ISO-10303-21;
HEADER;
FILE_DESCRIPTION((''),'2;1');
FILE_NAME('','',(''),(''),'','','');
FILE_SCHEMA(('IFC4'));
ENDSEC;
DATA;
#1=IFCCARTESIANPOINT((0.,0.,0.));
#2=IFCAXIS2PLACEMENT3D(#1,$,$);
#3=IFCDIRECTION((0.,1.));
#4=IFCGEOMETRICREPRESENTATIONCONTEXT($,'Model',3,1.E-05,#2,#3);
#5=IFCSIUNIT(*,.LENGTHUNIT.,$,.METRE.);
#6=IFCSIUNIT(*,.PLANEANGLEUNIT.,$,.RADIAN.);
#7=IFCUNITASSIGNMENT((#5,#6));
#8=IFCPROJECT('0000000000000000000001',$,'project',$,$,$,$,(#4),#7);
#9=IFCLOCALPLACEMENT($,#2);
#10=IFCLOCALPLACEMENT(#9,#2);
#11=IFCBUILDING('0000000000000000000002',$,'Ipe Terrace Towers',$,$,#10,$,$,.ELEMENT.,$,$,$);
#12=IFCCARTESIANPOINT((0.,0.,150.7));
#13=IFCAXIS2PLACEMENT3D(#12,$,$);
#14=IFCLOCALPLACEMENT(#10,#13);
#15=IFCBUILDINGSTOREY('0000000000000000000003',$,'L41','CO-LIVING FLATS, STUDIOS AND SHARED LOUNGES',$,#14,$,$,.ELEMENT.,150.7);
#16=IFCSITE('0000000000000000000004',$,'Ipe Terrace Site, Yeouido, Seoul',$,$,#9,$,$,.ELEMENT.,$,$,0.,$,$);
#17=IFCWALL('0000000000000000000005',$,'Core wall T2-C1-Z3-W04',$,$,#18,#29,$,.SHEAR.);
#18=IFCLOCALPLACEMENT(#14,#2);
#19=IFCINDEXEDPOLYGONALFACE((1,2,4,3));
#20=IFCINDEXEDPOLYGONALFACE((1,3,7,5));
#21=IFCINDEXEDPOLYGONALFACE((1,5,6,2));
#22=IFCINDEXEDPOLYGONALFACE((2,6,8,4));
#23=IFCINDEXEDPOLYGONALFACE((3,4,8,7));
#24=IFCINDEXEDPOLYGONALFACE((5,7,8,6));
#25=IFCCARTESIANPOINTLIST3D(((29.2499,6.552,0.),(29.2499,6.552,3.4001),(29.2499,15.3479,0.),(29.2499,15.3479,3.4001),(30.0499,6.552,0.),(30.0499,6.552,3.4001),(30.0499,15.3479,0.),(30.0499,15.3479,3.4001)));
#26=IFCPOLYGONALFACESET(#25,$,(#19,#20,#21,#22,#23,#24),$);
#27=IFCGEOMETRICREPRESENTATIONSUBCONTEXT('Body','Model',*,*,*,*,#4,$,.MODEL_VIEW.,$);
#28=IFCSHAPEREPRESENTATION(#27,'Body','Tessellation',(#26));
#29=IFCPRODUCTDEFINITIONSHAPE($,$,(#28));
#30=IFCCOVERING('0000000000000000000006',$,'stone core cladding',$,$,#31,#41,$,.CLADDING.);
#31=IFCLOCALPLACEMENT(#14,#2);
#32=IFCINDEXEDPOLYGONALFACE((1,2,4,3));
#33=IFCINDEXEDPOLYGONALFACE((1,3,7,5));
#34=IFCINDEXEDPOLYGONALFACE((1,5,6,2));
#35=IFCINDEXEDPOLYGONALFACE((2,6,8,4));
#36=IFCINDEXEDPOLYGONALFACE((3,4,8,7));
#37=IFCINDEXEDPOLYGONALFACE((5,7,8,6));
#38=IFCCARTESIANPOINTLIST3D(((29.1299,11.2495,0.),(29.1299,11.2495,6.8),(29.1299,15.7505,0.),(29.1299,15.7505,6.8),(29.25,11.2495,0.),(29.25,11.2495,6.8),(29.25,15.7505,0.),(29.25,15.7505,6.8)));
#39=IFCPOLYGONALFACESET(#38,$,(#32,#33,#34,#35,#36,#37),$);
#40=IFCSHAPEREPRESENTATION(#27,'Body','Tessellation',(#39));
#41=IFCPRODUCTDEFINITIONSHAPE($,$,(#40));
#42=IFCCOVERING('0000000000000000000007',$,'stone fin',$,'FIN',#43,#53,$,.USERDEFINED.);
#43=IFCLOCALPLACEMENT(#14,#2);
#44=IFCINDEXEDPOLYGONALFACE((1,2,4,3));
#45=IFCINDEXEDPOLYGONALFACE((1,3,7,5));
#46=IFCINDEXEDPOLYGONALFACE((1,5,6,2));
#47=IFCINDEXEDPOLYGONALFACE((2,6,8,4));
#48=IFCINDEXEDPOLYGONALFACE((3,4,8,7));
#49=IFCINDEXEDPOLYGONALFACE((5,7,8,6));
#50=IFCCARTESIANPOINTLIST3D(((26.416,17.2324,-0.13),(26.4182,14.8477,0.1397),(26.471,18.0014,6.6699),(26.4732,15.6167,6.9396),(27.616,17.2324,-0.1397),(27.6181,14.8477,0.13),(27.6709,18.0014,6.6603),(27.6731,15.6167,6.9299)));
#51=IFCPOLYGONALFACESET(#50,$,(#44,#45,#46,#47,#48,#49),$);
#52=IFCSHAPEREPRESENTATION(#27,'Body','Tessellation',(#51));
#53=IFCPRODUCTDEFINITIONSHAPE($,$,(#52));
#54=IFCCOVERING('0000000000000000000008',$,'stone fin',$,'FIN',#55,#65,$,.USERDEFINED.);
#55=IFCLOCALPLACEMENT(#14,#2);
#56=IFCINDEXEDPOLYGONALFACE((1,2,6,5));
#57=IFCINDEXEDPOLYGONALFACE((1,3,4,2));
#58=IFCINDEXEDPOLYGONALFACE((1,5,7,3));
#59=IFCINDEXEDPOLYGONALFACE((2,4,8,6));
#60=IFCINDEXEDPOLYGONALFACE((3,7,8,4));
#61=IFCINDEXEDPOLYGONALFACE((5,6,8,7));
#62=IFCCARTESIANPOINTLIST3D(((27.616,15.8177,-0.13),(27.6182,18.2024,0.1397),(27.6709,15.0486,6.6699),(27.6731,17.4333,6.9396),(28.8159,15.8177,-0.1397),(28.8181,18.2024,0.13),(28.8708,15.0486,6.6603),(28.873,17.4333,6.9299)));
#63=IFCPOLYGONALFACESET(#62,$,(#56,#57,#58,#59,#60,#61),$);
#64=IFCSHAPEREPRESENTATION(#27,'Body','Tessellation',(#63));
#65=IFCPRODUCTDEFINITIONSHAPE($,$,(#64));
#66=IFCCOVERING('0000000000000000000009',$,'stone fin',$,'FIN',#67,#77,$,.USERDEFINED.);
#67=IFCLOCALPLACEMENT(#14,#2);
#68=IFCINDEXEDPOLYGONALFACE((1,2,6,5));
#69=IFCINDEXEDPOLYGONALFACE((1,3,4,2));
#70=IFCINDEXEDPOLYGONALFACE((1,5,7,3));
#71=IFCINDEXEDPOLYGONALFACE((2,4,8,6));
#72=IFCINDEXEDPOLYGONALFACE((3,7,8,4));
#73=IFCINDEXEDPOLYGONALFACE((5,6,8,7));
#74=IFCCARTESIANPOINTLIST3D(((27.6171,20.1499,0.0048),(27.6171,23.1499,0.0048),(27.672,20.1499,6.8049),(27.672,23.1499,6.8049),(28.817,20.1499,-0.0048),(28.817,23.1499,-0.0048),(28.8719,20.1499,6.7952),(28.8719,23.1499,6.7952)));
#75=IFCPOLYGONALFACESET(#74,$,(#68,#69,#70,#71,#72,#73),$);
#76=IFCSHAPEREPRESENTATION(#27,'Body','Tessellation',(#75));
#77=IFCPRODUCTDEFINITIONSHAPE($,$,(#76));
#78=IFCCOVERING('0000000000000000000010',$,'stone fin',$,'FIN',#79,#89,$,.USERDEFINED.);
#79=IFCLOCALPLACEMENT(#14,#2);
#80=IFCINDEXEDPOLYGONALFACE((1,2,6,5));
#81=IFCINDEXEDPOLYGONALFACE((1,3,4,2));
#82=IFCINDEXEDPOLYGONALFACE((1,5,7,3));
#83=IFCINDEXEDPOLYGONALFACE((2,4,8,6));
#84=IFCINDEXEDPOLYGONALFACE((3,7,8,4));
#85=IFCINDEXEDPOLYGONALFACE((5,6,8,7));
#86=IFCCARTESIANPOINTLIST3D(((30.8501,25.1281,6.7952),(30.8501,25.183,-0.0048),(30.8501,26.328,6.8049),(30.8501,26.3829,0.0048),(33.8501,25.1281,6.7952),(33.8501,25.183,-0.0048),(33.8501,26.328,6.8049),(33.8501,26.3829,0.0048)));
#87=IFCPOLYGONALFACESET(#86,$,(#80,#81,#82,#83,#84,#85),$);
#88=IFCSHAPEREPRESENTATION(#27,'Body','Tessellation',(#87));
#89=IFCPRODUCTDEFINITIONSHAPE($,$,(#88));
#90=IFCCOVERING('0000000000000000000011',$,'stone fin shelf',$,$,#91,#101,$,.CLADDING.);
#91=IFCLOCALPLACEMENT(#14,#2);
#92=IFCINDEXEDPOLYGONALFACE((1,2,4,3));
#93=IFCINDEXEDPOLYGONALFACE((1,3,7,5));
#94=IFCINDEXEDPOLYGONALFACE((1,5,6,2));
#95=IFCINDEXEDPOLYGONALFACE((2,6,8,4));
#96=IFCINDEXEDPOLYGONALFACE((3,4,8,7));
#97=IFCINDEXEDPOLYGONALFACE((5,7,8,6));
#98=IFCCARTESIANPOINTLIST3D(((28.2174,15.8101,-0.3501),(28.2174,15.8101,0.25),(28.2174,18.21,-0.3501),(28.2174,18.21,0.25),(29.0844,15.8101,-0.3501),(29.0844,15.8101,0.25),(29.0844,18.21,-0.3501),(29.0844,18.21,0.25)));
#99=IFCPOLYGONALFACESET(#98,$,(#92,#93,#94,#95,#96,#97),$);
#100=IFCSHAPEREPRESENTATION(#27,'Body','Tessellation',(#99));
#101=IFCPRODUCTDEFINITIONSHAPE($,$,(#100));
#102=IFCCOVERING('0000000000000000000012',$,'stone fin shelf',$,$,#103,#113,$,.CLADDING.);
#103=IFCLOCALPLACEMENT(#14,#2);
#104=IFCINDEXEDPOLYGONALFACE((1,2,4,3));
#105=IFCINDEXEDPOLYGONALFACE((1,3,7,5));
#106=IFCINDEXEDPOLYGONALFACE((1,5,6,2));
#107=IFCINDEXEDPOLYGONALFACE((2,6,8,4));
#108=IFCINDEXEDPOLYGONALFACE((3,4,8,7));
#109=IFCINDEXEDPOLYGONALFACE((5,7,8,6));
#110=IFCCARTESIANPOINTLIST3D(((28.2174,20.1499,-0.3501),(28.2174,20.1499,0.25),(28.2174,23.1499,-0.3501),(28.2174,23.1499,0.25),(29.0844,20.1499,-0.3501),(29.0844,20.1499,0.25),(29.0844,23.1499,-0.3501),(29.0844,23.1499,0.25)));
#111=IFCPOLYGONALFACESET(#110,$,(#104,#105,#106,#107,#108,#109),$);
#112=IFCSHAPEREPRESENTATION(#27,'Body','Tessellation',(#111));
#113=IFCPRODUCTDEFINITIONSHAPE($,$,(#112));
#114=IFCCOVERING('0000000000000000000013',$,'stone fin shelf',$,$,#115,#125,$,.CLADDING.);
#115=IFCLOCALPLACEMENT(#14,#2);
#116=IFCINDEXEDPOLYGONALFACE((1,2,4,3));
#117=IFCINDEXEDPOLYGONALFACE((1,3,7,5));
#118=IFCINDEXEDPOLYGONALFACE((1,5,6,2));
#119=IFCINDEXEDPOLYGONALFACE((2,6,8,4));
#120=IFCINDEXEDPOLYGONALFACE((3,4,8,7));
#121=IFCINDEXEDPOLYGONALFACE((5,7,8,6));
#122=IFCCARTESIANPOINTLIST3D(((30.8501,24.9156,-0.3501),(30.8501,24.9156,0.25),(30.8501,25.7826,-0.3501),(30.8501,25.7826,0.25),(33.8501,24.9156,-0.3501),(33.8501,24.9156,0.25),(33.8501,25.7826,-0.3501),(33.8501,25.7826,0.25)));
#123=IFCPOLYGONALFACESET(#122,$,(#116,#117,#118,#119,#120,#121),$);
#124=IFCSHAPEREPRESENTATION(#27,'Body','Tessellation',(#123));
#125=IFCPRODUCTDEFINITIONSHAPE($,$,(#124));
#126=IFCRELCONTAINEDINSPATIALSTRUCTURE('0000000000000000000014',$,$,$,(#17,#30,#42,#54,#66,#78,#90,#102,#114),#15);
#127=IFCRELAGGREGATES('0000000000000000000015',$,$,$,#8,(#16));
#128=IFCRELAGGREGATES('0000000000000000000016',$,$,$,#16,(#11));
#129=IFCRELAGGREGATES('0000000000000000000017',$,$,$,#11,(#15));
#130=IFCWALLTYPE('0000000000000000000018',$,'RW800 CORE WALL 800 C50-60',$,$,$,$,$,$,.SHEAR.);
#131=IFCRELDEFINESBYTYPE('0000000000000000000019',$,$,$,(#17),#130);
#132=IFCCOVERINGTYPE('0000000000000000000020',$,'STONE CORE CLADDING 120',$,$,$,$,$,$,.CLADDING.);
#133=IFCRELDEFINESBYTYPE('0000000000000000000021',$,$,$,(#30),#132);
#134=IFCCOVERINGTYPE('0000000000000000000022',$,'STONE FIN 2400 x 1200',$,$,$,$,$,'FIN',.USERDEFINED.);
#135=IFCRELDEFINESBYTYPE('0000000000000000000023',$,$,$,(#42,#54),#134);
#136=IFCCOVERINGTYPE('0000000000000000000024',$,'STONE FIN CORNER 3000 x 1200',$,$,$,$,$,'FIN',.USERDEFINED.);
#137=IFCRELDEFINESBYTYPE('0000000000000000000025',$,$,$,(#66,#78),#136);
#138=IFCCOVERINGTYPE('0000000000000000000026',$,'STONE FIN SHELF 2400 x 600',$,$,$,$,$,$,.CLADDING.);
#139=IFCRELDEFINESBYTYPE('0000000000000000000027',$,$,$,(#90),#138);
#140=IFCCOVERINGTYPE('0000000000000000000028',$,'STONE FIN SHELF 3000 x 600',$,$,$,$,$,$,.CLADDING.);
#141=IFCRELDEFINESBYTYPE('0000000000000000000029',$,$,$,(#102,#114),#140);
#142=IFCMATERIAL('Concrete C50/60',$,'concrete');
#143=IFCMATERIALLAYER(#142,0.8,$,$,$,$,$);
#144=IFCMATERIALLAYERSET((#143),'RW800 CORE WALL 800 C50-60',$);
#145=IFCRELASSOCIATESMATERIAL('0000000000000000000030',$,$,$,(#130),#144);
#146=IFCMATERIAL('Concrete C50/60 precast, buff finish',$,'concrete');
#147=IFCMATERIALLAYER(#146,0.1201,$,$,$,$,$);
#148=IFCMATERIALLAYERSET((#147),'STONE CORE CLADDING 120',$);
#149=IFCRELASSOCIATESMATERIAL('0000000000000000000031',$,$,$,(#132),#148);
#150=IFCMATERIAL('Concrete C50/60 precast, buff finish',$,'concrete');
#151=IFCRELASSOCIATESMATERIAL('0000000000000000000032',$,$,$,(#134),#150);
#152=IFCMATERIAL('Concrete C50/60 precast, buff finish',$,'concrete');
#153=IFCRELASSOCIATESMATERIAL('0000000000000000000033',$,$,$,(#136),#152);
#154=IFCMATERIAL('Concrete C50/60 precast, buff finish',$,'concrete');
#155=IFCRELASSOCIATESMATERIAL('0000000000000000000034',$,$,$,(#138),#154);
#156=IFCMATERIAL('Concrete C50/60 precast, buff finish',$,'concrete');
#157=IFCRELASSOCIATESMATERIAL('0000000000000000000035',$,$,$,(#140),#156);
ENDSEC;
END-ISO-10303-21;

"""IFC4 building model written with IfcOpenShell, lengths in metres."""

from ifc_helpers import new_model, si_unit, direction, frame, frame_2d, origin, origin_2d, place, context, subcontext, project, spatial, rectangle, extrude, material, layer, layer_set, material_profile, profile_set, type_object, element, save


model = new_model("IFC4")

# Units and contexts
model_context = context("Model", 3, precision=1e-05, world=origin(), true_north=direction((0.0, 1.0)))
body_context = subcontext(model_context, "Body", "Model", "MODEL_VIEW")
ifc_project = project(units=[si_unit("LENGTHUNIT", "METRE"), si_unit("PLANEANGLEUNIT", "RADIAN")], contexts=[model_context])

# Site, building, storey
site_placement = place(None, origin())
site = spatial("IfcSite", under=ifc_project, at=site_placement, Name="Ipe Terrace Site, Yeouido, Seoul", CompositionType="ELEMENT", RefElevation=0.0)
building_placement = place(site_placement, origin())
building = spatial("IfcBuilding", under=site, at=building_placement, Name="Ipe Terrace Towers", CompositionType="ELEMENT")
storey_placement = place(building_placement, frame((0.0, 0.0, 150.7)))
storey = spatial("IfcBuildingStorey", under=building, at=storey_placement, Name="L41", Description="CO-LIVING FLATS, STUDIOS AND SHARED LOUNGES", CompositionType="ELEMENT", Elevation=150.7)

# Wall
ifc_material_1 = material(Name="Concrete C50/60", Category="concrete")
ifc_layer_1 = layer(ifc_material_1, 0.8)
ifc_layer_set_1 = layer_set([ifc_layer_1], Name="RW800 CORE WALL 800 C50-60")
wall_type_1 = type_object("IfcWallType", Name="RW800 CORE WALL 800 C50-60", PredefinedType="SHEAR", material=ifc_layer_set_1)
wall_1_placement = place(storey_placement, frame((29.6499, 15.3479, 0.0), z_axis=(0.0, 0.0, 1.0), x_axis=(0.0, -1.0, 0.0)))
element("IfcWall", 1, at=wall_1_placement, inside=storey, type_object=wall_type_1, Name="Core wall T2-C1-Z3-W04", PredefinedType="SHEAR", context=body_context, shape_type="SweptSolid", body=[
    extrude(rectangle(XDim=8.7959, YDim=0.8, at=frame_2d((4.3979, 0.0))), origin(), (0.0, 0.0, 1.0), 3.4001),
])

# Coverings
ifc_material_2 = material(Name="Concrete C50/60 precast, buff finish", Category="concrete")
ifc_layer_2 = layer(ifc_material_2, 0.1201)
ifc_layer_set_2 = layer_set([ifc_layer_2], Name="STONE CORE CLADDING 120")
covering_type_1 = type_object("IfcCoveringType", Name="STONE CORE CLADDING 120", PredefinedType="CLADDING", material=ifc_layer_set_2)
covering_1_placement = place(storey_placement, frame((29.1899, 13.5, 0.0), z_axis=(0.0, 0.0, 1.0), x_axis=(0.0, -1.0, 0.0)))
element("IfcCovering", 2, at=covering_1_placement, inside=storey, type_object=covering_type_1, Name="stone core cladding", PredefinedType="CLADDING", context=body_context, shape_type="SweptSolid", body=[
    extrude(rectangle(XDim=4.501, YDim=0.1201, at=origin_2d()), origin(), (0.0, 0.0, 1.0), 6.8),
])
ifc_material_3 = material(Name="Concrete C50/60 precast, buff finish", Category="concrete")
ifc_material_profile_1 = material_profile(ifc_material_3, rectangle(XDim=2.3999, YDim=1.2, at=origin_2d()), Name="STONE FIN 2400 x 1200")
ifc_profile_set_1 = profile_set([ifc_material_profile_1], Name="Concrete C50/60 precast, buff finish")
covering_type_2 = type_object("IfcCoveringType", Name="STONE FIN 2400 x 1200", ElementType="FIN", PredefinedType="USERDEFINED", material=ifc_profile_set_1)
for number, where, z_axis, x_axis, name in (
    (3, (27.0171, 16.04, 0.0), (0.008027, 0.112374, 0.993634), (0.000908, -0.993666, 0.11237), "stone fin"),
    (4, (28.217, 17.01, 0.0), (0.008027, -0.112374, 0.993634), (-0.000908, -0.993666, -0.11237), "stone fin"),
):
    element("IfcCovering", number, at=place(storey_placement, frame(where, z_axis=z_axis, x_axis=x_axis)), inside=storey, type_object=covering_type_2, Name=name, ObjectType="FIN", PredefinedType="USERDEFINED", context=body_context, shape_type="SweptSolid", body=[
        extrude(rectangle(XDim=2.3999, YDim=1.2, at=origin_2d()), origin(), (0.0, 0.0, 1.0), 6.8435),
    ])
ifc_material_4 = material(Name="Concrete C50/60 precast, buff finish", Category="concrete")
ifc_material_profile_2 = material_profile(ifc_material_4, rectangle(XDim=3.0, YDim=1.2, at=origin_2d()), Name="STONE FIN CORNER 3000 x 1200")
ifc_profile_set_2 = profile_set([ifc_material_profile_2], Name="Concrete C50/60 precast, buff finish")
covering_type_3 = type_object("IfcCoveringType", Name="STONE FIN CORNER 3000 x 1200", ElementType="FIN", PredefinedType="USERDEFINED", material=ifc_profile_set_2)
for number, where, z_axis, x_axis, name in (
    (5, (28.217, 21.6499, 0.0), (0.008078, 0.0, 0.999967), (0.0, -1.0, 0.0), "stone fin"),
    (6, (32.3501, 25.783, 0.0), (0.0, -0.008078, 0.999967), (-1.0, 0.0, 0.0), "stone fin"),
):
    element("IfcCovering", number, at=place(storey_placement, frame(where, z_axis=z_axis, x_axis=x_axis)), inside=storey, type_object=covering_type_3, Name=name, ObjectType="FIN", PredefinedType="USERDEFINED", context=body_context, shape_type="SweptSolid", body=[
        extrude(rectangle(XDim=3.0, YDim=1.2, at=origin_2d()), origin(), (0.0, 0.0, 1.0), 6.8003),
    ])
ifc_material_5 = material(Name="Concrete C50/60 precast, buff finish", Category="concrete")
covering_type_4 = type_object("IfcCoveringType", Name="STONE FIN SHELF 2400 x 600", PredefinedType="CLADDING", material=ifc_material_5)
covering_2_placement = place(storey_placement, frame((28.6509, 17.01, -0.3501), z_axis=(0.0, 0.0, 1.0), x_axis=(0.0, -1.0, 0.0)))
element("IfcCovering", 7, at=covering_2_placement, inside=storey, type_object=covering_type_4, Name="stone fin shelf", PredefinedType="CLADDING", context=body_context, shape_type="SweptSolid", body=[
    extrude(rectangle(XDim=2.3999, YDim=0.8669, at=origin_2d()), origin(), (0.0, 0.0, 1.0), 0.6001),
])
ifc_material_6 = material(Name="Concrete C50/60 precast, buff finish", Category="concrete")
covering_type_5 = type_object("IfcCoveringType", Name="STONE FIN SHELF 3000 x 600", PredefinedType="CLADDING", material=ifc_material_6)
for number, where, z_axis, x_axis, name in (
    (8, (28.6509, 21.6499, -0.3501), (0.0, 0.0, 1.0), (0.0, -1.0, 0.0), "stone fin shelf"),
    (9, (32.3501, 25.3491, -0.3501), (0.0, 0.0, 1.0), (-1.0, 0.0, 0.0), "stone fin shelf"),
):
    element("IfcCovering", number, at=place(storey_placement, frame(where, z_axis=z_axis, x_axis=x_axis)), inside=storey, type_object=covering_type_5, Name=name, PredefinedType="CLADDING", context=body_context, shape_type="SweptSolid", body=[
        extrude(rectangle(XDim=3.0, YDim=0.8669, at=origin_2d()), origin(), (0.0, 0.0, 1.0), 0.6001),
    ])

save(model, "model.ifc")
